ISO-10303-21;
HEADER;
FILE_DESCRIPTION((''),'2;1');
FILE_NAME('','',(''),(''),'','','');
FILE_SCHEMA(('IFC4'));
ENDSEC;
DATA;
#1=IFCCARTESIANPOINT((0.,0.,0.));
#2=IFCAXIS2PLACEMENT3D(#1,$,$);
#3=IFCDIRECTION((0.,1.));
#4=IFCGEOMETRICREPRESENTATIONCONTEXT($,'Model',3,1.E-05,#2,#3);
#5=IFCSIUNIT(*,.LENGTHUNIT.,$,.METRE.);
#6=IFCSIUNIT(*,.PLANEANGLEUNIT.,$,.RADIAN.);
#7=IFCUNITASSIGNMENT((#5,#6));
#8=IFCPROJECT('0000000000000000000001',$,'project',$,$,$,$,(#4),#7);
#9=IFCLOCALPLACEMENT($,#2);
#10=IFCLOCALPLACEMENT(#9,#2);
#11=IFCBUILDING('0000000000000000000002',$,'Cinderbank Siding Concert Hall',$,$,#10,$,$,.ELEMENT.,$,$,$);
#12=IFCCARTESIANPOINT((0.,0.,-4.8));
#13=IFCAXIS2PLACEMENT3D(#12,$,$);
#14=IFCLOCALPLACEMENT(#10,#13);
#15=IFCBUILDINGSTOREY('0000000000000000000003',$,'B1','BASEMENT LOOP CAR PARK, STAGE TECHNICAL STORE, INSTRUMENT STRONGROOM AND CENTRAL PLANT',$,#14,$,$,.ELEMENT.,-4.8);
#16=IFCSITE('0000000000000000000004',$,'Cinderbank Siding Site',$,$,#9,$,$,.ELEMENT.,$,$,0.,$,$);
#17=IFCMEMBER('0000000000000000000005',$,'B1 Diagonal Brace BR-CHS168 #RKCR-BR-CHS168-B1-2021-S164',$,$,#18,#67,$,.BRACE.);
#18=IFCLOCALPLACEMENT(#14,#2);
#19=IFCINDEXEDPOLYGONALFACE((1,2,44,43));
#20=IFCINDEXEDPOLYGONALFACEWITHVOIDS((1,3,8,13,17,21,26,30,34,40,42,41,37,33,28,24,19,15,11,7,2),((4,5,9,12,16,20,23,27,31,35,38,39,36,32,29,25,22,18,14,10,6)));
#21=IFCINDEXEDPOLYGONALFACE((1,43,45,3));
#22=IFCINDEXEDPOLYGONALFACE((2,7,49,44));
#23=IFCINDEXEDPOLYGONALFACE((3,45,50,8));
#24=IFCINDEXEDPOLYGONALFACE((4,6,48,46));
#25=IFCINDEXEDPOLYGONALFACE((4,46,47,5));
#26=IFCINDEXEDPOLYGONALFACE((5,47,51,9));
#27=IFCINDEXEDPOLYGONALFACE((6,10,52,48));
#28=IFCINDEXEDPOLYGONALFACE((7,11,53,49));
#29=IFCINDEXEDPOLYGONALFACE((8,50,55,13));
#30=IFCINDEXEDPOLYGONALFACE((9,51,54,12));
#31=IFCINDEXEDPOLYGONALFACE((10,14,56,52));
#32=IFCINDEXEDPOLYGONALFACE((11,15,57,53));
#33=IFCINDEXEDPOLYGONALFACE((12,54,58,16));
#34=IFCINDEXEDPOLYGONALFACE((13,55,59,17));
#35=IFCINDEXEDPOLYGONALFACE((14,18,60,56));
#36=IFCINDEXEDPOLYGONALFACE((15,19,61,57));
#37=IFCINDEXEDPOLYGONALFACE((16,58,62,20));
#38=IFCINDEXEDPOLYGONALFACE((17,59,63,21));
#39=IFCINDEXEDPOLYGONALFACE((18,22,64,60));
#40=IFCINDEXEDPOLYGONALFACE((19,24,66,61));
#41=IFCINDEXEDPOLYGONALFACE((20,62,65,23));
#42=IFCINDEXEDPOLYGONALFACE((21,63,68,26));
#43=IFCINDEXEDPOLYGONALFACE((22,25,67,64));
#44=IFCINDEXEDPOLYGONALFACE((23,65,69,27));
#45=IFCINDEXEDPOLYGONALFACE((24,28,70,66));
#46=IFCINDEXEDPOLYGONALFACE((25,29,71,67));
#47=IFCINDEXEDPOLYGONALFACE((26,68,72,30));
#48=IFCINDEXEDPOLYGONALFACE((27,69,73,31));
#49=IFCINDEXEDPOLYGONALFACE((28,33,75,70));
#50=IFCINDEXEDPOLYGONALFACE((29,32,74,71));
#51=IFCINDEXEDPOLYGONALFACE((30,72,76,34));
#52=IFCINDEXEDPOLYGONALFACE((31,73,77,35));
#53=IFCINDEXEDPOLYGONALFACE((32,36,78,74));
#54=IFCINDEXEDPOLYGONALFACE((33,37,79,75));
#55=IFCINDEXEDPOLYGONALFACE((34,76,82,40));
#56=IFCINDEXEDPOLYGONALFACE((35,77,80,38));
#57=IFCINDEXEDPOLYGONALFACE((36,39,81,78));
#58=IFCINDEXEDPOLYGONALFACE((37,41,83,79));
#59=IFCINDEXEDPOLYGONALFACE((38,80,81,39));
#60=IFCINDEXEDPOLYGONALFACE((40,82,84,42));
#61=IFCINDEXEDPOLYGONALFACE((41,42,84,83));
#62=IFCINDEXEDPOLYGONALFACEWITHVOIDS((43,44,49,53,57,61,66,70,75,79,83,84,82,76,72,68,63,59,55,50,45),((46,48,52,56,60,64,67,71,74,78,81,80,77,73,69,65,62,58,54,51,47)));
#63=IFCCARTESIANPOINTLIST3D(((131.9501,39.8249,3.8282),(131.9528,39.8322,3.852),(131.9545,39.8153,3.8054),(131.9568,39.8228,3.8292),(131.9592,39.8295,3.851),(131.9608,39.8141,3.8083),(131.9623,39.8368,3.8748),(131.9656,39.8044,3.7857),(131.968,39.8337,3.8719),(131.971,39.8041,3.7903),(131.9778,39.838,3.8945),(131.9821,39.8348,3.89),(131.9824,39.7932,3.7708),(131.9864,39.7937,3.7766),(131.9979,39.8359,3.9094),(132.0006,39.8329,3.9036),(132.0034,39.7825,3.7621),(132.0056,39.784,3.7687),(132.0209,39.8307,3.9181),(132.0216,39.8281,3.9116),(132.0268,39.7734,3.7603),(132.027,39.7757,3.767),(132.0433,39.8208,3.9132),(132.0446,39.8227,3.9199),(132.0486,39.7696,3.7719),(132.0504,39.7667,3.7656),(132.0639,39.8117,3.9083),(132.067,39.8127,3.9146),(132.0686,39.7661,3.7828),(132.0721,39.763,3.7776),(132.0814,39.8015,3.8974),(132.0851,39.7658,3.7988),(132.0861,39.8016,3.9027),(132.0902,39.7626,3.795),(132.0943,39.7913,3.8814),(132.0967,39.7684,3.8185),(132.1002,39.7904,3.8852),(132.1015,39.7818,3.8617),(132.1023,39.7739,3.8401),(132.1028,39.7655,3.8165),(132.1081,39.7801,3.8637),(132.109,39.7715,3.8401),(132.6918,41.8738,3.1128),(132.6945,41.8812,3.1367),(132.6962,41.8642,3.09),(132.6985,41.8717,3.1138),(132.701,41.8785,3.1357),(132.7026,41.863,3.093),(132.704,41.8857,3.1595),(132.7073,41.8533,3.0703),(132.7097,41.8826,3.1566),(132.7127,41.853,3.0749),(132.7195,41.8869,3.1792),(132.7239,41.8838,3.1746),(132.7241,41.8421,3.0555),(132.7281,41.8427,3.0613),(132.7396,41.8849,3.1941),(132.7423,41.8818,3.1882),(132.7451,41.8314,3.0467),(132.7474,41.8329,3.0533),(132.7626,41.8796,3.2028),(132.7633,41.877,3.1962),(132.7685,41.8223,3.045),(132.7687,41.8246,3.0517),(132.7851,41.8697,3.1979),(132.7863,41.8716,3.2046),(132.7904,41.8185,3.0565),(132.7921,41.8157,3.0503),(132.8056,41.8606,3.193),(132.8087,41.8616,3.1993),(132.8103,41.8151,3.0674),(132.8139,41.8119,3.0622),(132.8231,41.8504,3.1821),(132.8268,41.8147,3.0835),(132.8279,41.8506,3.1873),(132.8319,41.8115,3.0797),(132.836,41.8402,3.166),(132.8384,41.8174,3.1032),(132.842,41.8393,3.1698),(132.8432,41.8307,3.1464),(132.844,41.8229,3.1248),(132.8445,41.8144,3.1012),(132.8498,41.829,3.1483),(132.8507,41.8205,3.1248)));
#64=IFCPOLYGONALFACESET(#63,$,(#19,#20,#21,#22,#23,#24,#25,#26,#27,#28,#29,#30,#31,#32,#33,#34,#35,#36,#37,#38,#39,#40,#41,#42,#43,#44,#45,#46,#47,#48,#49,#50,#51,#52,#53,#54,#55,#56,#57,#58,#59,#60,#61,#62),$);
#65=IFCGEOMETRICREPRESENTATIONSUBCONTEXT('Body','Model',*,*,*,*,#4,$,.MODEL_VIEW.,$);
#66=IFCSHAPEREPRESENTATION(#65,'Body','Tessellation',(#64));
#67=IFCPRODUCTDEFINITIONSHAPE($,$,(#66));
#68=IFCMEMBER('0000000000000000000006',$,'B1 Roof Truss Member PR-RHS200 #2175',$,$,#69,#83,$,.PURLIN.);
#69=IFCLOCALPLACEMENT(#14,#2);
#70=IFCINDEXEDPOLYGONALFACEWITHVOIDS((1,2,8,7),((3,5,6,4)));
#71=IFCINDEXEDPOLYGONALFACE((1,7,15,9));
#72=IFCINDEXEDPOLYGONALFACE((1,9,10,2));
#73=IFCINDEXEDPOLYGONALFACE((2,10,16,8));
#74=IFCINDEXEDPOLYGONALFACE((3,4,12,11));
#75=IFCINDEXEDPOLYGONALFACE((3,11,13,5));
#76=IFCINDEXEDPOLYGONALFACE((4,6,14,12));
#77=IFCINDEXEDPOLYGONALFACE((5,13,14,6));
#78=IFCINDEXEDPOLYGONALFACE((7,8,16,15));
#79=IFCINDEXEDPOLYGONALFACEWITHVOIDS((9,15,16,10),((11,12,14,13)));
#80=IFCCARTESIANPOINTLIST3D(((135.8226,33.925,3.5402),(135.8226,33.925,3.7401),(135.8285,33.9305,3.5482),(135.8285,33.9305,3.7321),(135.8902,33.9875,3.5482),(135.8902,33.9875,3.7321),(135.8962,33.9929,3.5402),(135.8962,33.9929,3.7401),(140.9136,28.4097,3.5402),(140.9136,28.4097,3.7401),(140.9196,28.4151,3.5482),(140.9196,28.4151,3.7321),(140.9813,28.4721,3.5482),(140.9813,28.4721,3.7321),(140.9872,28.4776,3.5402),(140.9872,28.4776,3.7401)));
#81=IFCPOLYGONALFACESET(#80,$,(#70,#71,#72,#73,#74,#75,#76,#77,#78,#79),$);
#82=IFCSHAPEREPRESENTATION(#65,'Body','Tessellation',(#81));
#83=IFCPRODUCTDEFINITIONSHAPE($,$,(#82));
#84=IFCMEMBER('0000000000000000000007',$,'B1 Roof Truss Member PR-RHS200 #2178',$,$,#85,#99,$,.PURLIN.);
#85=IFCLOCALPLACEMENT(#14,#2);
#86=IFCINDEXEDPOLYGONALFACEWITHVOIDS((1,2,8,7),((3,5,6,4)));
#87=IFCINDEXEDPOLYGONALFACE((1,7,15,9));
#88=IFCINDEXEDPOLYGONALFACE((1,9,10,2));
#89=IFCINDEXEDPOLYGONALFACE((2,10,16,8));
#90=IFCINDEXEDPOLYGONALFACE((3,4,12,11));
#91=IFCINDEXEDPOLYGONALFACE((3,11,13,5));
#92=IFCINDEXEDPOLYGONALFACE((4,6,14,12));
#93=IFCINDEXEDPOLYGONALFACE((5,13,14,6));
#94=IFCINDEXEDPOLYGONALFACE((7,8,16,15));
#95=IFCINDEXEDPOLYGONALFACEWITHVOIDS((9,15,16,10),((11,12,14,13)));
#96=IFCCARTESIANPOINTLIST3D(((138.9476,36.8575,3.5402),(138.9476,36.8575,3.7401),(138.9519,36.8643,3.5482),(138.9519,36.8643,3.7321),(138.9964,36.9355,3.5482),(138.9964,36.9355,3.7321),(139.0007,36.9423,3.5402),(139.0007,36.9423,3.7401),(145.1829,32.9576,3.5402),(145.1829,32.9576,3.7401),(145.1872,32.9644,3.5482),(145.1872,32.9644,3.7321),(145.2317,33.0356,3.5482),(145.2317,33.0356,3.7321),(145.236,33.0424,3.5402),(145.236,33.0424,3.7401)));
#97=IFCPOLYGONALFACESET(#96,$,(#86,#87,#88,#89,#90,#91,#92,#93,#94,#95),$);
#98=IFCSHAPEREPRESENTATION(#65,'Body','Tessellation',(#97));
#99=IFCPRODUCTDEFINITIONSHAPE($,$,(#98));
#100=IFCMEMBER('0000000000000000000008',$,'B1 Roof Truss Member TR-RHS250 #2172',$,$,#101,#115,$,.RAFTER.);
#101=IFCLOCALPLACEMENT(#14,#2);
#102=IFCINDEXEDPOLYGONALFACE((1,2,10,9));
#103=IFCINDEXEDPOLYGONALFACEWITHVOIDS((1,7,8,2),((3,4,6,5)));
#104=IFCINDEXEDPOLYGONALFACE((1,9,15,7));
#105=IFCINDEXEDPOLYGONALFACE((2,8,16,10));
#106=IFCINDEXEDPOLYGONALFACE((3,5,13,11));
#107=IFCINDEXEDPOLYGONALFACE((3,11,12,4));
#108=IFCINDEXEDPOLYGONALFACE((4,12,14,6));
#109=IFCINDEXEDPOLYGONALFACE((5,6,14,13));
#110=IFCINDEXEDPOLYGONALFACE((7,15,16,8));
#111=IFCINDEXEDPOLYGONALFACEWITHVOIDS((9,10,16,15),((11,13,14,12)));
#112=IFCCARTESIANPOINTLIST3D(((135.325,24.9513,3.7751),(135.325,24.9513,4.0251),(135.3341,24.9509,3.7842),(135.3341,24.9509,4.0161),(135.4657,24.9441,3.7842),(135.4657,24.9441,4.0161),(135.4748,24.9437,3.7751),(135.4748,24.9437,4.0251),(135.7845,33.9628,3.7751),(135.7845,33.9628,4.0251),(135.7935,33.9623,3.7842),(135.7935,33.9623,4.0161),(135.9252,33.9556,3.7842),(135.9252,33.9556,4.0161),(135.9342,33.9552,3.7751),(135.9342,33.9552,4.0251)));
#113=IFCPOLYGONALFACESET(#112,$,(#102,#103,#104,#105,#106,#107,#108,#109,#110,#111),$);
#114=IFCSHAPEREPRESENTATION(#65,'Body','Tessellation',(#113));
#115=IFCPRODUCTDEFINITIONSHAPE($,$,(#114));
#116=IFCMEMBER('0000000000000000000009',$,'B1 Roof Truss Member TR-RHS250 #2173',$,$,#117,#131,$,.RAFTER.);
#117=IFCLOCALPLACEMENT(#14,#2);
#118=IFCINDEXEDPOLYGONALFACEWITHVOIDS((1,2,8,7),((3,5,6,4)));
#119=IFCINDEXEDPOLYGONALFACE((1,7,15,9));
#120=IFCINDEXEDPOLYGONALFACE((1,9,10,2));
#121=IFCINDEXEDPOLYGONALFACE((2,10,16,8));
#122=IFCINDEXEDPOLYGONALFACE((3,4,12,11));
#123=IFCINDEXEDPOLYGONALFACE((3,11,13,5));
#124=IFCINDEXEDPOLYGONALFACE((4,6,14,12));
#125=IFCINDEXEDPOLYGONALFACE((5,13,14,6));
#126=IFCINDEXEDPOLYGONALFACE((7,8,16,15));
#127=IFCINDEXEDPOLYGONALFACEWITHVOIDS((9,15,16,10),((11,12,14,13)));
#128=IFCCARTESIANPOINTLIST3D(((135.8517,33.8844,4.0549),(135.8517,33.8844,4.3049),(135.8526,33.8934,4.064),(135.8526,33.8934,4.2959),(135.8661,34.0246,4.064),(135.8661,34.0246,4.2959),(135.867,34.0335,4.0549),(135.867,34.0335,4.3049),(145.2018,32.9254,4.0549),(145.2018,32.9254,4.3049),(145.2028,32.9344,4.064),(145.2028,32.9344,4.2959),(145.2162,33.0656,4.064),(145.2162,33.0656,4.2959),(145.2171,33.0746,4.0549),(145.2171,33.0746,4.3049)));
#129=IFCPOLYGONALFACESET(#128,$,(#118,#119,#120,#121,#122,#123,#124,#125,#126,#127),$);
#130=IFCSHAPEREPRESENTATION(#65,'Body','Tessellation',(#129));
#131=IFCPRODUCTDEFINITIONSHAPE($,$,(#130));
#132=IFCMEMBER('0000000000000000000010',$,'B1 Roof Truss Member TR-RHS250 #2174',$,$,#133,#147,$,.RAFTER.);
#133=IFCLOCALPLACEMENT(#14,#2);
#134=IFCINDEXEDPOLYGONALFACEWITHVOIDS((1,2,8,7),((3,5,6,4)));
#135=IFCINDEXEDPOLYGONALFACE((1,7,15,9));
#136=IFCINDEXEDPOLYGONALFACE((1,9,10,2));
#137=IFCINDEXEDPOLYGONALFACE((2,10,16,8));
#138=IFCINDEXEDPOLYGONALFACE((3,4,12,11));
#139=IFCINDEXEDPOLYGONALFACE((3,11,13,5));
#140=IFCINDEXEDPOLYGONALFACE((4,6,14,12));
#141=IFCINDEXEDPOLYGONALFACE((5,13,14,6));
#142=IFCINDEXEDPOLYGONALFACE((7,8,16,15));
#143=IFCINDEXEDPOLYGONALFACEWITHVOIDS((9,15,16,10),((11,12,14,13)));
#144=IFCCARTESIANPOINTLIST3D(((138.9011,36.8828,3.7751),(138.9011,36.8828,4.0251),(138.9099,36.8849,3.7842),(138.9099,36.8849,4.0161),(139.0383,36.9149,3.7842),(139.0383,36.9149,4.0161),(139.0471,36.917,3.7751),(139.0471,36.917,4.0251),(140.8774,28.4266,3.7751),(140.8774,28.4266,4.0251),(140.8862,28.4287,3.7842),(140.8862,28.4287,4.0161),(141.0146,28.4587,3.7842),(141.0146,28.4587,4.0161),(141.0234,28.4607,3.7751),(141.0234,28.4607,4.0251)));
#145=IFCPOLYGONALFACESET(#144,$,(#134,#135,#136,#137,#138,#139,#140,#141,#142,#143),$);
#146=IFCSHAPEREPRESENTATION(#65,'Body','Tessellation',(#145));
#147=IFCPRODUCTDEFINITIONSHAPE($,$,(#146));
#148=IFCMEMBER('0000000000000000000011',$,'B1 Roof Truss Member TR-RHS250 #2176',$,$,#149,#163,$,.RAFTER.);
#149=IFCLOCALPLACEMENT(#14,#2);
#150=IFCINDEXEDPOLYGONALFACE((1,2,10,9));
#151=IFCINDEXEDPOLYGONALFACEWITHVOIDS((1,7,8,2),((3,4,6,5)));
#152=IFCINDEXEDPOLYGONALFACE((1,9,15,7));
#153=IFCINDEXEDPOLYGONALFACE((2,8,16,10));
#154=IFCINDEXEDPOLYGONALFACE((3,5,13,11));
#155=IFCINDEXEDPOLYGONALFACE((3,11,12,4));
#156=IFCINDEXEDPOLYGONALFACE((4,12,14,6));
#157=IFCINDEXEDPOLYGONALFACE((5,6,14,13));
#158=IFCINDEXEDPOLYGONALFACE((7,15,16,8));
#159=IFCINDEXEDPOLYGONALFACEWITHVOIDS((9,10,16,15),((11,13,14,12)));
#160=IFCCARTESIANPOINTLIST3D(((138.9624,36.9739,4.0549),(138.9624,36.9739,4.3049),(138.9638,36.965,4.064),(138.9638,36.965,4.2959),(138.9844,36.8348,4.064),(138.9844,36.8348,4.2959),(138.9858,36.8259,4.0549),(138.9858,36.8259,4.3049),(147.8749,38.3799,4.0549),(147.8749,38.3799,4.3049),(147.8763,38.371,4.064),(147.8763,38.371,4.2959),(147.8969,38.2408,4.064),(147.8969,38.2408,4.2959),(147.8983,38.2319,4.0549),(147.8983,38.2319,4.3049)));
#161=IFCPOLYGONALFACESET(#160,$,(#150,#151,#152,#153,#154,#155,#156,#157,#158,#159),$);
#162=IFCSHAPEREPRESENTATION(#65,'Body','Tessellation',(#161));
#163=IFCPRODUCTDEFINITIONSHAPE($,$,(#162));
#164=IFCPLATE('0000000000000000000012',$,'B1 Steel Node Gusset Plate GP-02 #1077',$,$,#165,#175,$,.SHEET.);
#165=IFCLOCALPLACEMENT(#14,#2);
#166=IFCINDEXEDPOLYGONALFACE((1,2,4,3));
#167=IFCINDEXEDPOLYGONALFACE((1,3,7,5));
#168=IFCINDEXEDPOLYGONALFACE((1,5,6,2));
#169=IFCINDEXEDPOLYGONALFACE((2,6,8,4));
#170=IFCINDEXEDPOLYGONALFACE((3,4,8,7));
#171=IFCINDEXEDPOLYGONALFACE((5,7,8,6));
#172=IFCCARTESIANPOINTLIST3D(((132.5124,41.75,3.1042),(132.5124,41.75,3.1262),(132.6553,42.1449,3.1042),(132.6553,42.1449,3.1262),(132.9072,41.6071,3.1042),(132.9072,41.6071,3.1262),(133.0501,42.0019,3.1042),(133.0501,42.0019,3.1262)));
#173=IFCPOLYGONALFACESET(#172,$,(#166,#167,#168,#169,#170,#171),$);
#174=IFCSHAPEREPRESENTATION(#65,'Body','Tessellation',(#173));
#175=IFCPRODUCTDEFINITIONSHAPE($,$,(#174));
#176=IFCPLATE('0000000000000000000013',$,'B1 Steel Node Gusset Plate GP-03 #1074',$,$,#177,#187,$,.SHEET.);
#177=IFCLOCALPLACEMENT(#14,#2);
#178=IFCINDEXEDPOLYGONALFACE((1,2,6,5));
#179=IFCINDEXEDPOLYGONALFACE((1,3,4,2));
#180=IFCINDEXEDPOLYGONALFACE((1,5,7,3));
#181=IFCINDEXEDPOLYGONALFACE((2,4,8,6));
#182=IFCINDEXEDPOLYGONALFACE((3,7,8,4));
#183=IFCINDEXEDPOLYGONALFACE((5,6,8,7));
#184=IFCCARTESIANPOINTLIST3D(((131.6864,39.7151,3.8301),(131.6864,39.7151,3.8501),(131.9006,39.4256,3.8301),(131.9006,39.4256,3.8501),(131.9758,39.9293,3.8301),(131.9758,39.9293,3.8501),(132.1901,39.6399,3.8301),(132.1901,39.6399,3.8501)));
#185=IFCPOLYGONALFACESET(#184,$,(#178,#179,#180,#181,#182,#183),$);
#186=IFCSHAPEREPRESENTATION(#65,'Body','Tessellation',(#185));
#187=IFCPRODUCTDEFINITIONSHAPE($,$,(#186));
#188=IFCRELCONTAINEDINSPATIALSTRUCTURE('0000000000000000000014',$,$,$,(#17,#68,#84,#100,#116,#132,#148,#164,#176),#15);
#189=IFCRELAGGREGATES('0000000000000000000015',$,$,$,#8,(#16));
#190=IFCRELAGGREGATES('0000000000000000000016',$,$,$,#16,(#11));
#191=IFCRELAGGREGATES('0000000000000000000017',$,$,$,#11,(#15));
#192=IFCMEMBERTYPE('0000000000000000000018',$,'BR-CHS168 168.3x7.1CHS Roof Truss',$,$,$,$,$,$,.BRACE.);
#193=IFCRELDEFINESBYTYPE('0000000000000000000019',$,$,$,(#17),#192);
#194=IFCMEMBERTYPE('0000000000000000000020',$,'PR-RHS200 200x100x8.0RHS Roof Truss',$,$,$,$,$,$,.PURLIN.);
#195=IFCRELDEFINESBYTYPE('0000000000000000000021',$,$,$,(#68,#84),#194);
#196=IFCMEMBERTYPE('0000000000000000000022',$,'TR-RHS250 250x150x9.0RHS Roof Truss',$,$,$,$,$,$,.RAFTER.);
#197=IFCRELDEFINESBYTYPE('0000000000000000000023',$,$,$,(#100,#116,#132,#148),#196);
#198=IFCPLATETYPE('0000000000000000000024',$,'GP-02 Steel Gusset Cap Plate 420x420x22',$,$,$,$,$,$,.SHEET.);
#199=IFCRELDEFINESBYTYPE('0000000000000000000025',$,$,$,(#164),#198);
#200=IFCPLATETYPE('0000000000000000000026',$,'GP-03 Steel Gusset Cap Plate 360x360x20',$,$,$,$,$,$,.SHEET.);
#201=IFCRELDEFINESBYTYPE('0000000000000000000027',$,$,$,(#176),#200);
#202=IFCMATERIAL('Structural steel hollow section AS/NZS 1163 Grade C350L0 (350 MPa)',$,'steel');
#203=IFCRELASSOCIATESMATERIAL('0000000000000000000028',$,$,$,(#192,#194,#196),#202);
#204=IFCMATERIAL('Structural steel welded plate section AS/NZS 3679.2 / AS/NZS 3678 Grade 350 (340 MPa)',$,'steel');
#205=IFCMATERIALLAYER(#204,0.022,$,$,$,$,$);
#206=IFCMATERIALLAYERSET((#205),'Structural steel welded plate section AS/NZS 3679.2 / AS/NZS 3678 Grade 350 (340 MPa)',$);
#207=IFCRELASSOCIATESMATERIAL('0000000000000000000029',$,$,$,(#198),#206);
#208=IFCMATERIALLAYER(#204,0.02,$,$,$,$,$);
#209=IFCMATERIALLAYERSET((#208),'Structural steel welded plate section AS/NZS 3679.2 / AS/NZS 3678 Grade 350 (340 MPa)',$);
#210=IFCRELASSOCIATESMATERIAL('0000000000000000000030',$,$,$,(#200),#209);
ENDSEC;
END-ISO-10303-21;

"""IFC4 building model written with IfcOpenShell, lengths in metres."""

from ifc_helpers import new_model, si_unit, direction, frame, origin, origin_2d, place, context, subcontext, project, spatial, rectangle, hollow_rectangle, hollow_circle, extrude, material, layer, layer_set, material_profile, profile_set, type_object, element, save


model = new_model("IFC4")

# Units and contexts
model_context = context("Model", 3, precision=1e-05, world=origin(), true_north=direction((0.0, 1.0)))
body_context = subcontext(model_context, "Body", "Model", "MODEL_VIEW")
ifc_project = project(units=[si_unit("LENGTHUNIT", "METRE"), si_unit("PLANEANGLEUNIT", "RADIAN")], contexts=[model_context])

# Site, building, storey
site_placement = place(None, origin())
site = spatial("IfcSite", under=ifc_project, at=site_placement, Name="Cinderbank Siding Site", CompositionType="ELEMENT", RefElevation=0.0)
building_placement = place(site_placement, origin())
building = spatial("IfcBuilding", under=site, at=building_placement, Name="Cinderbank Siding Concert Hall", CompositionType="ELEMENT")
storey_placement = place(building_placement, frame((0.0, 0.0, -4.8)))
storey = spatial("IfcBuildingStorey", under=building, at=storey_placement, Name="B1", Description="BASEMENT LOOP CAR PARK, STAGE TECHNICAL STORE, INSTRUMENT STRONGROOM AND CENTRAL PLANT", CompositionType="ELEMENT", Elevation=-4.8)

# Shared definitions
ifc_material_1 = material(Name="Structural steel welded plate section AS/NZS 3679.2 / AS/NZS 3678 Grade 350 (340 MPa)", Category="steel")

# Members
ifc_material_2 = material(Name="Structural steel hollow section AS/NZS 1163 Grade C350L0 (350 MPa)", Category="steel")
ifc_material_profile_1 = material_profile(ifc_material_2, hollow_circle(Radius=0.0842, WallThickness=0.0071, at=origin_2d()), Name="168.3x7.1CHS", Category="LoadBearing")
ifc_profile_set_1 = profile_set([ifc_material_profile_1], Name="Structural steel hollow section AS/NZS 1163 Grade C350L0 (350 MPa)")
member_type_1 = type_object("IfcMemberType", Name="BR-CHS168 168.3x7.1CHS Roof Truss", PredefinedType="BRACE", material=ifc_profile_set_1)
member_1_placement = place(storey_placement, frame((132.7715, 41.8491, 3.1248), z_axis=(-0.323411, -0.893373, 0.311914), x_axis=(0.940283, -0.340393, 0.0)))
element("IfcMember", 1, at=member_1_placement, inside=storey, type_object=member_type_1, Name="B1 Diagonal Brace BR-CHS168 #RKCR-BR-CHS168-B1-2021-S164", PredefinedType="BRACE", context=body_context, shape_type="SweptSolid", body=[
    extrude(hollow_circle(Radius=0.0842, WallThickness=0.0071, at=origin_2d()), origin(), (0.0, 0.0, 1.0), 2.2935),
])
ifc_material_profile_2 = material_profile(ifc_material_2, hollow_rectangle(XDim=0.1001, YDim=0.2, WallThickness=0.0081, at=origin_2d()), Name="200x100x8.0RHS", Category="LoadBearing")
ifc_profile_set_2 = profile_set([ifc_material_profile_2], Name="Structural steel hollow section AS/NZS 1163 Grade C350L0 (350 MPa)")
member_type_2 = type_object("IfcMemberType", Name="PR-RHS200 200x100x8.0RHS Roof Truss", PredefinedType="PURLIN", material=ifc_profile_set_2)
member_2_placement = place(storey_placement, frame((135.8594, 33.959, 3.6401), z_axis=(0.678276, -0.734807, 0.0), x_axis=(0.734807, 0.678276, 0.0)))
element("IfcMember", 2, at=member_2_placement, inside=storey, type_object=member_type_2, Name="B1 Roof Truss Member PR-RHS200 #2175", PredefinedType="PURLIN", context=body_context, shape_type="SweptSolid", body=[
    extrude(hollow_rectangle(XDim=0.1001, YDim=0.2, WallThickness=0.0081, at=origin_2d()), origin(), (0.0, 0.0, 1.0), 7.5059),
])
member_3_placement = place(storey_placement, frame((138.9741, 36.8999, 3.6401), z_axis=(0.847827, -0.530273, 0.0), x_axis=(0.530273, 0.847827, 0.0)))
element("IfcMember", 3, at=member_3_placement, inside=storey, type_object=member_type_2, Name="B1 Roof Truss Member PR-RHS200 #2178", PredefinedType="PURLIN", context=body_context, shape_type="SweptSolid", body=[
    extrude(hollow_rectangle(XDim=0.1001, YDim=0.2, WallThickness=0.0081, at=origin_2d()), origin(), (0.0, 0.0, 1.0), 7.3545),
])
ifc_material_profile_3 = material_profile(ifc_material_2, hollow_rectangle(XDim=0.1499, YDim=0.25, WallThickness=0.009, at=origin_2d()), Name="250x150x9.0RHS", Category="LoadBearing")
ifc_profile_set_3 = profile_set([ifc_material_profile_3], Name="Structural steel hollow section AS/NZS 1163 Grade C350L0 (350 MPa)")
member_type_3 = type_object("IfcMemberType", Name="TR-RHS250 250x150x9.0RHS Roof Truss", PredefinedType="RAFTER", material=ifc_profile_set_3)
member_4_placement = place(storey_placement, frame((135.8594, 33.959, 3.9001), z_axis=(-0.050921, -0.998703, 0.0), x_axis=(0.998703, -0.050921, 0.0)))
element("IfcMember", 4, at=member_4_placement, inside=storey, type_object=member_type_3, Name="B1 Roof Truss Member TR-RHS250 #2172", PredefinedType="RAFTER", context=body_context, shape_type="SweptSolid", body=[
    extrude(hollow_rectangle(XDim=0.1499, YDim=0.25, WallThickness=0.009, at=origin_2d()), origin(), (0.0, 0.0, 1.0), 9.0232),
])
member_5_placement = place(storey_placement, frame((135.8594, 33.959, 4.1799), z_axis=(0.994781, -0.102029, 0.0), x_axis=(0.102029, 0.994781, 0.0)))
element("IfcMember", 5, at=member_5_placement, inside=storey, type_object=member_type_3, Name="B1 Roof Truss Member TR-RHS250 #2173", PredefinedType="RAFTER", context=body_context, shape_type="SweptSolid", body=[
    extrude(hollow_rectangle(XDim=0.1499, YDim=0.25, WallThickness=0.009, at=origin_2d()), origin(), (0.0, 0.0, 1.0), 9.3992),
])
member_6_placement = place(storey_placement, frame((138.9741, 36.8999, 3.9001), z_axis=(0.227577, -0.97376, 0.0), x_axis=(0.97376, 0.227577, 0.0)))
element("IfcMember", 6, at=member_6_placement, inside=storey, type_object=member_type_3, Name="B1 Roof Truss Member TR-RHS250 #2174", PredefinedType="RAFTER", context=body_context, shape_type="SweptSolid", body=[
    extrude(hollow_rectangle(XDim=0.1499, YDim=0.25, WallThickness=0.009, at=origin_2d()), origin(), (0.0, 0.0, 1.0), 8.6841),
])
member_7_placement = place(storey_placement, frame((138.9741, 36.8999, 4.1799), z_axis=(0.987784, 0.155828, 0.0), x_axis=(-0.155828, 0.987784, 0.0)))
element("IfcMember", 7, at=member_7_placement, inside=storey, type_object=member_type_3, Name="B1 Roof Truss Member TR-RHS250 #2176", PredefinedType="RAFTER", context=body_context, shape_type="SweptSolid", body=[
    extrude(hollow_rectangle(XDim=0.1499, YDim=0.25, WallThickness=0.009, at=origin_2d()), origin(), (0.0, 0.0, 1.0), 9.0227),
])

# Plates
ifc_layer_1 = layer(ifc_material_1, 0.022)
ifc_layer_set_1 = layer_set([ifc_layer_1], Name="Structural steel welded plate section AS/NZS 3679.2 / AS/NZS 3678 Grade 350 (340 MPa)")
plate_type_1 = type_object("IfcPlateType", Name="GP-02 Steel Gusset Cap Plate 420x420x22", PredefinedType="SHEET", material=ifc_layer_set_1)
plate_1_placement = place(storey_placement, frame((132.7812, 41.876, 3.1042), z_axis=(0.0, 0.0, 1.0), x_axis=(-0.34038, -0.940288, 0.0)))
element("IfcPlate", 8, at=plate_1_placement, inside=storey, type_object=plate_type_1, Name="B1 Steel Node Gusset Plate GP-02 #1077", PredefinedType="SHEET", context=body_context, shape_type="SweptSolid", body=[
    extrude(rectangle(XDim=0.4199, YDim=0.4199, at=origin_2d()), origin(), (0.0, 0.0, 1.0), 0.022),
])
ifc_layer_2 = layer(ifc_material_1, 0.02)
ifc_layer_set_2 = layer_set([ifc_layer_2], Name="Structural steel welded plate section AS/NZS 3679.2 / AS/NZS 3678 Grade 350 (340 MPa)")
plate_type_2 = type_object("IfcPlateType", Name="GP-03 Steel Gusset Cap Plate 360x360x20", PredefinedType="SHEET", material=ifc_layer_set_2)
plate_2_placement = place(storey_placement, frame((131.9382, 39.6775, 3.8301), z_axis=(0.0, 0.0, 1.0), x_axis=(0.803753, 0.594963, 0.0)))
element("IfcPlate", 9, at=plate_2_placement, inside=storey, type_object=plate_type_2, Name="B1 Steel Node Gusset Plate GP-03 #1074", PredefinedType="SHEET", context=body_context, shape_type="SweptSolid", body=[
    extrude(rectangle(XDim=0.3601, YDim=0.3601, at=origin_2d()), origin(), (0.0, 0.0, 1.0), 0.02),
])

save(model, "model.ifc")
